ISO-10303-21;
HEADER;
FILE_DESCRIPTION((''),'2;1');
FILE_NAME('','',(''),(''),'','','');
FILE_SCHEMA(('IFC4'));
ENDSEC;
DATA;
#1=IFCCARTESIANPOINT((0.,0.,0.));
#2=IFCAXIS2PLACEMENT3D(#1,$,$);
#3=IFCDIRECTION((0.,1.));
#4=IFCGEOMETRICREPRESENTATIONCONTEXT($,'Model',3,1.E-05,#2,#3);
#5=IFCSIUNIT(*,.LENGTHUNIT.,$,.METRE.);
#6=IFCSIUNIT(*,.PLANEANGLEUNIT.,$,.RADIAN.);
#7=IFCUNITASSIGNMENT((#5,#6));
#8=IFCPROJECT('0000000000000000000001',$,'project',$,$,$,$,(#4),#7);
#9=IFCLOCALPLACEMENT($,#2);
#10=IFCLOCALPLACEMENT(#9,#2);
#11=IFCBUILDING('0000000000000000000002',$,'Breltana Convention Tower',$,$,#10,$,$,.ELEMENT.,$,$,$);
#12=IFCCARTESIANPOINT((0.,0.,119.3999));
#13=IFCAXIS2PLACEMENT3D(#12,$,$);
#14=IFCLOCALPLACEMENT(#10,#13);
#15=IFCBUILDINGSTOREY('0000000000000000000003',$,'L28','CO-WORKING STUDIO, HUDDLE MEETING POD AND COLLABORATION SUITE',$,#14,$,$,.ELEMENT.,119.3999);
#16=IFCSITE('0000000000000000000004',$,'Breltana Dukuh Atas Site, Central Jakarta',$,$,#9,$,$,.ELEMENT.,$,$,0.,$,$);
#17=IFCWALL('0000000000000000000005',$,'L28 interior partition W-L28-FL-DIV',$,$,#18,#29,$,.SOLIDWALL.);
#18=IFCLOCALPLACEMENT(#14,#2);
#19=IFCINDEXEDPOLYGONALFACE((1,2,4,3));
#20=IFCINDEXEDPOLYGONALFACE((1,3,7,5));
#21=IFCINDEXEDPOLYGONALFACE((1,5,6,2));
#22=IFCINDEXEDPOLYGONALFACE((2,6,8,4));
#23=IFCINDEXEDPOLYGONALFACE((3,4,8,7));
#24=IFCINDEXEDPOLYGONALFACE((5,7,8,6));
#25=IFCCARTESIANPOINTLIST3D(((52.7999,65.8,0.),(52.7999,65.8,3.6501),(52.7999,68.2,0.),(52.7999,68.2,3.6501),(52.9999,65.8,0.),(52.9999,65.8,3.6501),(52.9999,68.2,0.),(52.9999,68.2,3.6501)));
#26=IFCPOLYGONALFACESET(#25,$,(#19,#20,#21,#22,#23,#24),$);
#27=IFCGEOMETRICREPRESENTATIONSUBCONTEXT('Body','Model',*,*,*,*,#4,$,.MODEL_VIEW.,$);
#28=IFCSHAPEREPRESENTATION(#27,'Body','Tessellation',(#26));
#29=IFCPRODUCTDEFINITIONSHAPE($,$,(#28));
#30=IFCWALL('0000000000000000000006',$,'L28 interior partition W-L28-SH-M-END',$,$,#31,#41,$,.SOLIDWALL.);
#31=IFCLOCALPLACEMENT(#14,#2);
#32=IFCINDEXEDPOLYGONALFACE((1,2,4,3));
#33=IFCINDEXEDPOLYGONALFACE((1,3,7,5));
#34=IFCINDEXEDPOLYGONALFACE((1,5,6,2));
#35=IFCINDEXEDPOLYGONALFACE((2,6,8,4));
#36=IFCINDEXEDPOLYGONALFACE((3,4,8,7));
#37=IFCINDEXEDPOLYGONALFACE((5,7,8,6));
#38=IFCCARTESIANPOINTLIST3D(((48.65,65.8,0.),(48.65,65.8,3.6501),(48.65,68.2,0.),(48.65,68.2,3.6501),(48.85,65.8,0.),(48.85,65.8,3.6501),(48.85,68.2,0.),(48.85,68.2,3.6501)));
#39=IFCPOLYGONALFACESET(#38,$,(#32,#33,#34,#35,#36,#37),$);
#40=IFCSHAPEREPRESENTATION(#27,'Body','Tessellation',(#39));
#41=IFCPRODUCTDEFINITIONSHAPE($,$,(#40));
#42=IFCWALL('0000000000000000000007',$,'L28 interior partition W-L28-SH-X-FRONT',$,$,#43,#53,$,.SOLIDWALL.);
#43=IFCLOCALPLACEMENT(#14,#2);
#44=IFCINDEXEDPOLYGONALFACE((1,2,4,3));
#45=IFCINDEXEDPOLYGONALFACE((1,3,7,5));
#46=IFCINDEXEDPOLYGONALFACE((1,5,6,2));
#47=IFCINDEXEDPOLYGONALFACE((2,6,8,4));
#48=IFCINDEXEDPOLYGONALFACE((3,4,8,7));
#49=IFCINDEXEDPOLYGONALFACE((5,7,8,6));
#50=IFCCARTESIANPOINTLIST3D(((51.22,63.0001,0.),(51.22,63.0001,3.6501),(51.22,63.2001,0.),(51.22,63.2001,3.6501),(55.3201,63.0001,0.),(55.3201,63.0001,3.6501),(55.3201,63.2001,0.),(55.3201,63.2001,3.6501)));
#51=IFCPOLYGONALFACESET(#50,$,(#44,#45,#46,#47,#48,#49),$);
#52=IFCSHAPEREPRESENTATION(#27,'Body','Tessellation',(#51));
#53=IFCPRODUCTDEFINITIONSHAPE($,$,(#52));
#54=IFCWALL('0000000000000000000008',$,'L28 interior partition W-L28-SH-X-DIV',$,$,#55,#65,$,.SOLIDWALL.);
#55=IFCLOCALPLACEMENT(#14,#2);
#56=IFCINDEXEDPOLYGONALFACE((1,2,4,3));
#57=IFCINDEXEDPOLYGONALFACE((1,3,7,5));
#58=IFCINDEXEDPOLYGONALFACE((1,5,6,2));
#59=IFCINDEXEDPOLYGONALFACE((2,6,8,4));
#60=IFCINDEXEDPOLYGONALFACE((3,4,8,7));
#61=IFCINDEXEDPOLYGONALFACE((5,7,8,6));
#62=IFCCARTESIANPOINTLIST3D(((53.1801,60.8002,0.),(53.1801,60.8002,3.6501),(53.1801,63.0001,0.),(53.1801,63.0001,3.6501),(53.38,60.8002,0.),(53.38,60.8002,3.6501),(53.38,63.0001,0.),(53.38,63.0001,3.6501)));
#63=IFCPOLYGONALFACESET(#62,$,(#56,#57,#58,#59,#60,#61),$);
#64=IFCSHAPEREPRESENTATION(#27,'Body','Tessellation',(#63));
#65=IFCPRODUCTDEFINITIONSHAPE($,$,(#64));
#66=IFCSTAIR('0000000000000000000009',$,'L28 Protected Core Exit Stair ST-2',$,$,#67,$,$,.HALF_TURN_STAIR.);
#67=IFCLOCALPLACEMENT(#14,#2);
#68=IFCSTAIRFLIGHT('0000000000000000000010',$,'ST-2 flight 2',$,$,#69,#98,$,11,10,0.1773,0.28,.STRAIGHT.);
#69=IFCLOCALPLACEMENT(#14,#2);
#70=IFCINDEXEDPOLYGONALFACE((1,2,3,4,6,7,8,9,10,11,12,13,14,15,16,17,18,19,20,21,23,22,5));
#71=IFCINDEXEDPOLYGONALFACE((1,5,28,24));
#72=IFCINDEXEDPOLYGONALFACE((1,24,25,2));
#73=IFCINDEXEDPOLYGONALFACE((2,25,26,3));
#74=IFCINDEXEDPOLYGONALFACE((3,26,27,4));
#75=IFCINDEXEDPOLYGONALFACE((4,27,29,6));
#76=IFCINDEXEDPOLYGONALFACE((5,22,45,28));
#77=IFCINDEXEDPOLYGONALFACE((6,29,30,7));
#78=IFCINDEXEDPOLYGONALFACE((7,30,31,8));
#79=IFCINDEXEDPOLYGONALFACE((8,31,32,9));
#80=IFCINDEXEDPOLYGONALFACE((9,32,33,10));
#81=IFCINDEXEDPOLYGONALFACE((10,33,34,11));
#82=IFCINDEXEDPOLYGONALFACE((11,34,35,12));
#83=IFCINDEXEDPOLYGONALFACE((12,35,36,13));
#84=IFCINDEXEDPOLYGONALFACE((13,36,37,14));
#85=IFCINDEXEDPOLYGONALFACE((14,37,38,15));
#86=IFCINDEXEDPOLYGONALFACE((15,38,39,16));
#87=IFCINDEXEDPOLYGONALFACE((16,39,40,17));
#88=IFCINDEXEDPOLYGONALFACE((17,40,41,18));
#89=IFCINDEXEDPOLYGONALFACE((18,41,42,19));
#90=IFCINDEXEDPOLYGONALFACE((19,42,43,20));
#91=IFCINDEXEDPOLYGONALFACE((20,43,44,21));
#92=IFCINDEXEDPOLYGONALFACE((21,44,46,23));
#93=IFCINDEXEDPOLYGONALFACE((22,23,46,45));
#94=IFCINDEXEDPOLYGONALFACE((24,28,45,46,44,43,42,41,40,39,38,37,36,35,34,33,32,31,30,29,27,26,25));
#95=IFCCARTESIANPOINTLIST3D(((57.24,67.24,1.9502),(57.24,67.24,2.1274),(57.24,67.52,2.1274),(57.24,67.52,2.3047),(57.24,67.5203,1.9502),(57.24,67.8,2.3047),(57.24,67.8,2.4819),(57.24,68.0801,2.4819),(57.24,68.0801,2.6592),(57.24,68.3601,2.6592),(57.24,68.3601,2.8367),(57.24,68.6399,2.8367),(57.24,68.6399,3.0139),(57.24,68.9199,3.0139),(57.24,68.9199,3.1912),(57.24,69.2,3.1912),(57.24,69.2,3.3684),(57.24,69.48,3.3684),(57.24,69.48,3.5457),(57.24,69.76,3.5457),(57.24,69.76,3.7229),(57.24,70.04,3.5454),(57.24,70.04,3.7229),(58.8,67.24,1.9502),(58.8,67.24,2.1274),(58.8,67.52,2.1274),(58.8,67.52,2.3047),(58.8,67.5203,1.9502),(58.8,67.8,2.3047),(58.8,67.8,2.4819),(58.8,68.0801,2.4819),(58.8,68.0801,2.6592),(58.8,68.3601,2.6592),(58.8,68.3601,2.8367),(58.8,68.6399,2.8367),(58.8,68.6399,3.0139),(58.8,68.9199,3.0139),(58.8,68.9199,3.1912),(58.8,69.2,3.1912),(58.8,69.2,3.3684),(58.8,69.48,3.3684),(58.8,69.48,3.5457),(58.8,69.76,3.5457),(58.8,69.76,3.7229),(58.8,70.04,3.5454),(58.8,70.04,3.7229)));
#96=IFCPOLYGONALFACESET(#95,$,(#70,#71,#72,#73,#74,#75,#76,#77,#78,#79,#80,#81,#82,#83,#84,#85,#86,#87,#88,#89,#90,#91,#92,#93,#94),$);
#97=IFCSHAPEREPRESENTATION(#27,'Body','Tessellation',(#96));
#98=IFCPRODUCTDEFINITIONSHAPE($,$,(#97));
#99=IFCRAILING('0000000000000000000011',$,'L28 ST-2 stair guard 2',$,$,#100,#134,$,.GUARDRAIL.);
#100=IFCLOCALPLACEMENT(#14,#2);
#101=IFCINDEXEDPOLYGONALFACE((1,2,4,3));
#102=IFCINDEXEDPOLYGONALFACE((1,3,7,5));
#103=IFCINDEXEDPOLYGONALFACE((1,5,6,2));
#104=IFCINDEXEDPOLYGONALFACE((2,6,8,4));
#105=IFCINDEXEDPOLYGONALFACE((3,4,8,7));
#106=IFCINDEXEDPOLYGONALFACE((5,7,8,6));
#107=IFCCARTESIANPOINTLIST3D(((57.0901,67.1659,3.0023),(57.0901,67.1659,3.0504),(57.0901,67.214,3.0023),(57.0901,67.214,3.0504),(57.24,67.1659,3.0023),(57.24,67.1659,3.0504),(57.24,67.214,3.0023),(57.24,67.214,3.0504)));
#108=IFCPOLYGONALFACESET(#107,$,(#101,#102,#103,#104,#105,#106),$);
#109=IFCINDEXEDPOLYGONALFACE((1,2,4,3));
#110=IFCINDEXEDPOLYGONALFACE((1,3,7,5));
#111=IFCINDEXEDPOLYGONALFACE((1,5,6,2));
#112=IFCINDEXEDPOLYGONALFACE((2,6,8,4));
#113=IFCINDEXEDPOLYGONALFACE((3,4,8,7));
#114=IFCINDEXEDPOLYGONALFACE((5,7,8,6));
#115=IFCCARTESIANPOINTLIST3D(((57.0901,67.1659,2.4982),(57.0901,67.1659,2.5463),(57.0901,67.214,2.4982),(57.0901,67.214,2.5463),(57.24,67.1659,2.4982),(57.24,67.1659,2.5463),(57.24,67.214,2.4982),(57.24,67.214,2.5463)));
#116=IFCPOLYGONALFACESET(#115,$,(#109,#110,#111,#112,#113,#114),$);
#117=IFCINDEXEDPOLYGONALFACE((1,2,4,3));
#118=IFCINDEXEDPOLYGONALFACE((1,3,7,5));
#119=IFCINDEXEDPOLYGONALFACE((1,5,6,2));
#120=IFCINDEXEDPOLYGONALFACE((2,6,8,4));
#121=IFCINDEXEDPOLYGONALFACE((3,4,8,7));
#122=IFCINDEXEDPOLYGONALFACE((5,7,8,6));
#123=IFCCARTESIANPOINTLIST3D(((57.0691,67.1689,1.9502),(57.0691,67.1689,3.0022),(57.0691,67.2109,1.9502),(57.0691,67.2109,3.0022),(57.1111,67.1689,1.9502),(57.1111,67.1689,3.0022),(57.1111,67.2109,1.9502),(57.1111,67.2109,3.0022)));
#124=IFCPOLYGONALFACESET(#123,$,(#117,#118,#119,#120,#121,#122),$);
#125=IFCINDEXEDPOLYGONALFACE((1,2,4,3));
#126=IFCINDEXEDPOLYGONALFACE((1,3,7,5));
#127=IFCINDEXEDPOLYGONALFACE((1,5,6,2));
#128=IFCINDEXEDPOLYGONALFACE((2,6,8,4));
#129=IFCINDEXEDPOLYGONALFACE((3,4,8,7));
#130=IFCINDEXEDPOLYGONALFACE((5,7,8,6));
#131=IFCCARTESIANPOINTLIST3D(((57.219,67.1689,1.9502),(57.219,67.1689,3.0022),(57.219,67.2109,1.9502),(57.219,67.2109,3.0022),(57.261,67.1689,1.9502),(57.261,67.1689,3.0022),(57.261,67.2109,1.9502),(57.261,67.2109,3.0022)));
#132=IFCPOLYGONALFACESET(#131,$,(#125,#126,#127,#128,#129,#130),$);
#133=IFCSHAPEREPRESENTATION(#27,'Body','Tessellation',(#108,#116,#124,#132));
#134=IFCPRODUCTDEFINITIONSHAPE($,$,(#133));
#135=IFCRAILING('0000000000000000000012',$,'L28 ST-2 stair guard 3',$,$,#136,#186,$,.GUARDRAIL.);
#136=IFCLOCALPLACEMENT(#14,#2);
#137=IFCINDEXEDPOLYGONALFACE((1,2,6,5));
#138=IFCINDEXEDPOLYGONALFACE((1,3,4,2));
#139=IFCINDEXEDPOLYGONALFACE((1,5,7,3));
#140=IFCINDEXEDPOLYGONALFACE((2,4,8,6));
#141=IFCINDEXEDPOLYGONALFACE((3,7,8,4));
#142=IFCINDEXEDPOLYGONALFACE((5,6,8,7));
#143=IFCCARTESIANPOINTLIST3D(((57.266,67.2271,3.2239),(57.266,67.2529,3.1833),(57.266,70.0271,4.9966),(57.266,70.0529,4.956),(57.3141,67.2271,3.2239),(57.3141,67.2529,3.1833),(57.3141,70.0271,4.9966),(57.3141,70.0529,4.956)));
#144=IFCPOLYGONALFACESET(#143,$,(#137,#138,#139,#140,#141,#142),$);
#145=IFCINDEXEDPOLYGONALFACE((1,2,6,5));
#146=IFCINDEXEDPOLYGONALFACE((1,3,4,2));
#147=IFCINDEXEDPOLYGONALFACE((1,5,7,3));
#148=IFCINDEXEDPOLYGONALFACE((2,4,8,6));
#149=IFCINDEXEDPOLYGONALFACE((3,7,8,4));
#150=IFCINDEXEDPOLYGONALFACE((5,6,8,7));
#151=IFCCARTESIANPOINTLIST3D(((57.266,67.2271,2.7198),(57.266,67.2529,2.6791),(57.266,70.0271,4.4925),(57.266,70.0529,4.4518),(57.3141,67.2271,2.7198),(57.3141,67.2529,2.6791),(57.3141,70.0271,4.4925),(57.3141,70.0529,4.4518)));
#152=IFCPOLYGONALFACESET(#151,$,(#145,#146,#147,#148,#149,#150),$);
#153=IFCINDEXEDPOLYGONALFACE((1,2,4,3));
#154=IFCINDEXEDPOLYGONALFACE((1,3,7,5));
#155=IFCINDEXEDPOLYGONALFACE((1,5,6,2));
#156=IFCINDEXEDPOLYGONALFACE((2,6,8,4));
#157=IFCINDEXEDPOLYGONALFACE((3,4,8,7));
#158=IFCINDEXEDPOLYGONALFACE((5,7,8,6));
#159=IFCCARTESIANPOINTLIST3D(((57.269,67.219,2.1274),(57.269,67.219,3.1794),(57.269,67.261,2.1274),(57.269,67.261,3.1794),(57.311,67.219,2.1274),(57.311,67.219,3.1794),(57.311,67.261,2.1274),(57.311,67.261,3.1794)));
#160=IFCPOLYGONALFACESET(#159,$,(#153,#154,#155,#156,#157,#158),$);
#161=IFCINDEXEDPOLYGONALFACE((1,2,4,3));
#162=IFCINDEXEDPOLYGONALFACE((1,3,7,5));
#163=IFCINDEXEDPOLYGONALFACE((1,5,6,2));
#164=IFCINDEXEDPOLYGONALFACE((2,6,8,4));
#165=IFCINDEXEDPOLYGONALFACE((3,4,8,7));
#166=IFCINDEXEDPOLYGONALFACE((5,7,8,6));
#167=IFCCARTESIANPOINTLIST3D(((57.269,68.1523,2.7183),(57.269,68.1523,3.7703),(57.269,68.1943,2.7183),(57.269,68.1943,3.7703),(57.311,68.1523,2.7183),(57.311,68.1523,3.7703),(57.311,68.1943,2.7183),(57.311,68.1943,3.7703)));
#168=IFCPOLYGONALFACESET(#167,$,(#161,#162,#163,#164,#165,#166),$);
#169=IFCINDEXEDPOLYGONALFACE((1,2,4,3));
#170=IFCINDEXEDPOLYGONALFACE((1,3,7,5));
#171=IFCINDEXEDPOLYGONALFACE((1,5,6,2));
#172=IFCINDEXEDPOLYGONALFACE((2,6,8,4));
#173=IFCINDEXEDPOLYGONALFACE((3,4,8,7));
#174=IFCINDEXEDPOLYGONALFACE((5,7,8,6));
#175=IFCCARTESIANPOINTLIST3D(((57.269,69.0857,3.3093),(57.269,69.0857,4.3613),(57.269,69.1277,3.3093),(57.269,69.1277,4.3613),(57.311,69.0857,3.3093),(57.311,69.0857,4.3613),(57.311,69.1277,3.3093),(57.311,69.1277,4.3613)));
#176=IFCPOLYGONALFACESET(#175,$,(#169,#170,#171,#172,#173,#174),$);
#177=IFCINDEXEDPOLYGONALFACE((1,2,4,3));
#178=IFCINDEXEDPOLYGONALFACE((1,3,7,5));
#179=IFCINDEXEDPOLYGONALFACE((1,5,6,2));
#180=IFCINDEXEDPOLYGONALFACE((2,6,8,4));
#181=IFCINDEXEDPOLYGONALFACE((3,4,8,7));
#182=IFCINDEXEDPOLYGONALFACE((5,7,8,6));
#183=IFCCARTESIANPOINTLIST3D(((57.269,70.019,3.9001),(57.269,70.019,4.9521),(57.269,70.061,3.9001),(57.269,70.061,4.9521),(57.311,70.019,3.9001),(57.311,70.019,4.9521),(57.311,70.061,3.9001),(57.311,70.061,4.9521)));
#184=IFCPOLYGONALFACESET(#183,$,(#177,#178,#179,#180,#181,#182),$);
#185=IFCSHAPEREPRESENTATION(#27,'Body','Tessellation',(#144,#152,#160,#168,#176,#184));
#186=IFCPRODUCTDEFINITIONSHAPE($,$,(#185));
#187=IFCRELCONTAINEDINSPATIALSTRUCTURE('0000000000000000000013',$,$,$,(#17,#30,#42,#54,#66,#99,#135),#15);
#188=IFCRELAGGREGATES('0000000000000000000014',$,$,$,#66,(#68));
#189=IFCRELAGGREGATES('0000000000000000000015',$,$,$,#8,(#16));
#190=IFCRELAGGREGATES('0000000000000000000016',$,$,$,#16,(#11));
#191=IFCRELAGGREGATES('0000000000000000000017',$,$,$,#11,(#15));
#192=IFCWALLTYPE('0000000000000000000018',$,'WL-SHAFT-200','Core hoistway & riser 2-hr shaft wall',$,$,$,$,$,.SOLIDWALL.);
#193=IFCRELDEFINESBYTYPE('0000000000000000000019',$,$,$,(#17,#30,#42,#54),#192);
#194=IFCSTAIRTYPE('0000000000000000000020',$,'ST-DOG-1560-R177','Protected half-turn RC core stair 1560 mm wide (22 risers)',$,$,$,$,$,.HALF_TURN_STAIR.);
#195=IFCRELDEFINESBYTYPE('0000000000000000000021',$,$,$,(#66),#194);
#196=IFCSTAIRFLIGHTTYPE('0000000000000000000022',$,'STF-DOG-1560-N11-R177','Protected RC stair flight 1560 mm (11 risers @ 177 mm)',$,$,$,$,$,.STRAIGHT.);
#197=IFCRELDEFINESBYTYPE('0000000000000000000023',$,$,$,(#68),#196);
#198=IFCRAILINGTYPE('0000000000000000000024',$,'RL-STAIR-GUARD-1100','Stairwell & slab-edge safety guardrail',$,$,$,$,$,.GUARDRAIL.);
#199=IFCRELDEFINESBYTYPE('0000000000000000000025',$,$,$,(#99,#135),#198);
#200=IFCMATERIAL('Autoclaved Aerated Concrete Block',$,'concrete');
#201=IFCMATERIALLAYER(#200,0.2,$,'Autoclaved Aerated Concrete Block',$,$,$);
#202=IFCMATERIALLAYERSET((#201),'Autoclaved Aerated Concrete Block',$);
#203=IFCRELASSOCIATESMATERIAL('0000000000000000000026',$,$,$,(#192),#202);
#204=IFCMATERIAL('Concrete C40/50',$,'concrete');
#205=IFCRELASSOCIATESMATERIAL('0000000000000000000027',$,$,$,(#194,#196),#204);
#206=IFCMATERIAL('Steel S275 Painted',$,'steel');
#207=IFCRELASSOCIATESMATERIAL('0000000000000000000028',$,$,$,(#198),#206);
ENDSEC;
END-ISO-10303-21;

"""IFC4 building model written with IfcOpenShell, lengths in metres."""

from ifc_helpers import new_model, si_unit, direction, frame, frame_2d, origin, origin_2d, place, context, subcontext, project, spatial, polyline, rectangle, outline, extrude, source, transform, mapped, material, layer, layer_set, type_object, element, aggregate, save


model = new_model("IFC4")

# Units and contexts
model_context = context("Model", 3, precision=1e-05, world=origin(), true_north=direction((0.0, 1.0)))
body_context = subcontext(model_context, "Body", "Model", "MODEL_VIEW")
ifc_project = project(units=[si_unit("LENGTHUNIT", "METRE"), si_unit("PLANEANGLEUNIT", "RADIAN")], contexts=[model_context])

# Site, building, storey
site_placement = place(None, origin())
site = spatial("IfcSite", under=ifc_project, at=site_placement, Name="Breltana Dukuh Atas Site, Central Jakarta", CompositionType="ELEMENT", RefElevation=0.0)
building_placement = place(site_placement, origin())
building = spatial("IfcBuilding", under=site, at=building_placement, Name="Breltana Convention Tower", CompositionType="ELEMENT")
storey_placement = place(building_placement, frame((0.0, 0.0, 119.3999)))
storey = spatial("IfcBuildingStorey", under=building, at=storey_placement, Name="L28", Description="CO-WORKING STUDIO, HUDDLE MEETING POD AND COLLABORATION SUITE", CompositionType="ELEMENT", Elevation=119.3999)

# Walls
ifc_material_1 = material(Name="Autoclaved Aerated Concrete Block", Category="concrete")
ifc_layer_1 = layer(ifc_material_1, 0.2, Name="Autoclaved Aerated Concrete Block")
ifc_layer_set_1 = layer_set([ifc_layer_1], Name="Autoclaved Aerated Concrete Block")
wall_type_1 = type_object("IfcWallType", Name="WL-SHAFT-200", Description="Core hoistway & riser 2-hr shaft wall", PredefinedType="SOLIDWALL", material=ifc_layer_set_1)
shared_shape_1 = source(origin(), body_context, "Body", "SweptSolid", [
    extrude(rectangle(XDim=2.3999, YDim=0.2, at=frame_2d((1.2, 0.0))), origin(), (0.0, 0.0, 1.0), 3.6501),
])
for number, where, z_axis, x_axis, name in (
    (1, (52.8999, 65.8, 0.0), (0.0, 0.0, 1.0), (0.0, 1.0, 0.0), "L28 interior partition W-L28-FL-DIV"),
    (2, (48.75, 65.8, 0.0), (0.0, 0.0, 1.0), (0.0, 1.0, 0.0), "L28 interior partition W-L28-SH-M-END"),
):
    element("IfcWall", number, at=place(storey_placement, frame(where, z_axis=z_axis, x_axis=x_axis)), inside=storey, type_object=wall_type_1, Name=name, PredefinedType="SOLIDWALL", context=body_context, shape_type="MappedRepresentation", body=[
        mapped(shared_shape_1, transform((0.0, 0.0, 0.0), scale=1.0)),
    ])
shared_shape_2 = source(origin(), body_context, "Body", "SweptSolid", [
    extrude(rectangle(XDim=4.1001, YDim=0.2, at=frame_2d((2.05, 0.0))), origin(), (0.0, 0.0, 1.0), 3.6501),
])
wall_1_placement = place(storey_placement, frame((51.22, 63.1001, 0.0), z_axis=(0.0, 0.0, 1.0), x_axis=(1.0, 0.0, 0.0)))
element("IfcWall", 3, at=wall_1_placement, inside=storey, type_object=wall_type_1, Name="L28 interior partition W-L28-SH-X-FRONT", PredefinedType="SOLIDWALL", context=body_context, shape_type="MappedRepresentation", body=[
    mapped(shared_shape_2, transform((0.0, 0.0, 0.0), scale=1.0)),
])
shared_shape_3 = source(origin(), body_context, "Body", "SweptSolid", [
    extrude(rectangle(XDim=2.2, YDim=0.2, at=frame_2d((1.1001, 0.0))), origin(), (0.0, 0.0, 1.0), 3.6501),
])
wall_2_placement = place(storey_placement, frame((53.28, 60.8, 0.0), z_axis=(0.0, 0.0, 1.0), x_axis=(0.0, 1.0, 0.0)))
element("IfcWall", 4, at=wall_2_placement, inside=storey, type_object=wall_type_1, Name="L28 interior partition W-L28-SH-X-DIV", PredefinedType="SOLIDWALL", context=body_context, shape_type="MappedRepresentation", body=[
    mapped(shared_shape_3, transform((0.0, 0.0, 0.0), scale=1.0)),
])

# Stair, stair flight
ifc_material_2 = material(Name="Concrete C40/50", Category="concrete")
stair_type = type_object("IfcStairType", Name="ST-DOG-1560-R177", Description="Protected half-turn RC core stair 1560 mm wide (22 risers)", PredefinedType="HALF_TURN_STAIR", material=ifc_material_2)
stair_placement = place(storey_placement, origin())
stair = element("IfcStair", 5, at=stair_placement, inside=storey, type_object=stair_type, Name="L28 Protected Core Exit Stair ST-2", PredefinedType="HALF_TURN_STAIR")
stair_flight_type = type_object("IfcStairFlightType", Name="STF-DOG-1560-N11-R177", Description="Protected RC stair flight 1560 mm (11 risers @ 177 mm)", PredefinedType="STRAIGHT", material=ifc_material_2)
stair_flight_placement = place(storey_placement, frame((58.02, 67.24, 1.9502), z_axis=(0.0, 0.0, 1.0), x_axis=(0.0, 1.0, 0.0)))
stair_flight = element("IfcStairFlight", 6, at=stair_flight_placement, type_object=stair_flight_type, Name="ST-2 flight 2", NumberOfRisers=11, NumberOfTreads=10, PredefinedType="STRAIGHT", RiserHeight=0.1773, TreadLength=0.28, context=body_context, shape_type="SweptSolid", body=[
    extrude(outline(polyline([(0.0, 0.0), (0.0, 0.1772), (0.28, 0.1772), (0.28, 0.3545), (0.5601, 0.3545), (0.5601, 0.5317), (0.8401, 0.5317), (0.8401, 0.709), (1.1201, 0.709), (1.1201, 0.8865), (1.3999, 0.8865), (1.3999, 1.0637), (1.6799, 1.0637), (1.6799, 1.241), (1.96, 1.241), (1.96, 1.4182), (2.24, 1.4182), (2.24, 1.5955), (2.52, 1.5955), (2.52, 1.7727), (2.8, 1.7727), (2.8, 1.95), (2.8, 1.5952), (0.2803, 0.0), (0.0, 0.0)])), frame((0.0, 0.78, 0.0), z_axis=(0.0, -1.0, 0.0), x_axis=(1.0, 0.0, 0.0)), (0.0, 0.0, 1.0), 1.5601),
])
aggregate(stair, [stair_flight])

# Railings
ifc_material_3 = material(Name="Steel S275 Painted", Category="steel")
railing_type_1 = type_object("IfcRailingType", Name="RL-STAIR-GUARD-1100", Description="Stairwell & slab-edge safety guardrail", PredefinedType="GUARDRAIL", material=ifc_material_3)
railing_1_placement = place(storey_placement, frame((57.0901, 67.1899, 1.9502)))
element("IfcRailing", 7, at=railing_1_placement, inside=storey, type_object=railing_type_1, Name="L28 ST-2 stair guard 2", PredefinedType="GUARDRAIL", context=body_context, shape_type="SweptSolid", body=[
    extrude(rectangle(XDim=0.0481, YDim=0.0481, at=origin_2d()), frame((0.0, 0.0, 1.0762), z_axis=(1.0, 0.0, 0.0), x_axis=(0.0, 1.0, 0.0)), (0.0, 0.0, 1.0), 0.1499),
    extrude(rectangle(XDim=0.0481, YDim=0.0481, at=origin_2d()), frame((0.0, 0.0, 0.572), z_axis=(1.0, 0.0, 0.0), x_axis=(0.0, 1.0, 0.0)), (0.0, 0.0, 1.0), 0.1499),
    extrude(rectangle(XDim=0.042, YDim=0.042, at=origin_2d()), origin(), (0.0, 0.0, 1.0), 1.052),
    extrude(rectangle(XDim=0.042, YDim=0.042, at=origin_2d()), frame((0.1499, 0.0, 0.0)), (0.0, 0.0, 1.0), 1.052),
])
railing_2_placement = place(storey_placement, frame((57.29, 67.24, 2.1274)))
element("IfcRailing", 8, at=railing_2_placement, inside=storey, type_object=railing_type_1, Name="L28 ST-2 stair guard 3", PredefinedType="GUARDRAIL", context=body_context, shape_type="SweptSolid", body=[
    extrude(rectangle(XDim=0.0481, YDim=0.0481, at=origin_2d()), frame((0.0, 0.0, 1.0762), z_axis=(0.0, 0.844909, 0.53491), x_axis=(-1.0, 0.0, 0.0)), (0.0, 0.0, 1.0), 3.314),
    extrude(rectangle(XDim=0.0481, YDim=0.0481, at=origin_2d()), frame((0.0, 0.0, 0.572), z_axis=(0.0, 0.844909, 0.53491), x_axis=(-1.0, 0.0, 0.0)), (0.0, 0.0, 1.0), 3.314),
    extrude(rectangle(XDim=0.042, YDim=0.042, at=origin_2d()), origin(), (0.0, 0.0, 1.0), 1.052),
    extrude(rectangle(XDim=0.042, YDim=0.042, at=origin_2d()), frame((0.0, 0.9333, 0.5908)), (0.0, 0.0, 1.0), 1.052),
    extrude(rectangle(XDim=0.042, YDim=0.042, at=origin_2d()), frame((0.0, 1.8667, 1.1819)), (0.0, 0.0, 1.0), 1.052),
    extrude(rectangle(XDim=0.042, YDim=0.042, at=origin_2d()), frame((0.0, 2.8, 1.7727)), (0.0, 0.0, 1.0), 1.052),
])

save(model, "model.ifc")
